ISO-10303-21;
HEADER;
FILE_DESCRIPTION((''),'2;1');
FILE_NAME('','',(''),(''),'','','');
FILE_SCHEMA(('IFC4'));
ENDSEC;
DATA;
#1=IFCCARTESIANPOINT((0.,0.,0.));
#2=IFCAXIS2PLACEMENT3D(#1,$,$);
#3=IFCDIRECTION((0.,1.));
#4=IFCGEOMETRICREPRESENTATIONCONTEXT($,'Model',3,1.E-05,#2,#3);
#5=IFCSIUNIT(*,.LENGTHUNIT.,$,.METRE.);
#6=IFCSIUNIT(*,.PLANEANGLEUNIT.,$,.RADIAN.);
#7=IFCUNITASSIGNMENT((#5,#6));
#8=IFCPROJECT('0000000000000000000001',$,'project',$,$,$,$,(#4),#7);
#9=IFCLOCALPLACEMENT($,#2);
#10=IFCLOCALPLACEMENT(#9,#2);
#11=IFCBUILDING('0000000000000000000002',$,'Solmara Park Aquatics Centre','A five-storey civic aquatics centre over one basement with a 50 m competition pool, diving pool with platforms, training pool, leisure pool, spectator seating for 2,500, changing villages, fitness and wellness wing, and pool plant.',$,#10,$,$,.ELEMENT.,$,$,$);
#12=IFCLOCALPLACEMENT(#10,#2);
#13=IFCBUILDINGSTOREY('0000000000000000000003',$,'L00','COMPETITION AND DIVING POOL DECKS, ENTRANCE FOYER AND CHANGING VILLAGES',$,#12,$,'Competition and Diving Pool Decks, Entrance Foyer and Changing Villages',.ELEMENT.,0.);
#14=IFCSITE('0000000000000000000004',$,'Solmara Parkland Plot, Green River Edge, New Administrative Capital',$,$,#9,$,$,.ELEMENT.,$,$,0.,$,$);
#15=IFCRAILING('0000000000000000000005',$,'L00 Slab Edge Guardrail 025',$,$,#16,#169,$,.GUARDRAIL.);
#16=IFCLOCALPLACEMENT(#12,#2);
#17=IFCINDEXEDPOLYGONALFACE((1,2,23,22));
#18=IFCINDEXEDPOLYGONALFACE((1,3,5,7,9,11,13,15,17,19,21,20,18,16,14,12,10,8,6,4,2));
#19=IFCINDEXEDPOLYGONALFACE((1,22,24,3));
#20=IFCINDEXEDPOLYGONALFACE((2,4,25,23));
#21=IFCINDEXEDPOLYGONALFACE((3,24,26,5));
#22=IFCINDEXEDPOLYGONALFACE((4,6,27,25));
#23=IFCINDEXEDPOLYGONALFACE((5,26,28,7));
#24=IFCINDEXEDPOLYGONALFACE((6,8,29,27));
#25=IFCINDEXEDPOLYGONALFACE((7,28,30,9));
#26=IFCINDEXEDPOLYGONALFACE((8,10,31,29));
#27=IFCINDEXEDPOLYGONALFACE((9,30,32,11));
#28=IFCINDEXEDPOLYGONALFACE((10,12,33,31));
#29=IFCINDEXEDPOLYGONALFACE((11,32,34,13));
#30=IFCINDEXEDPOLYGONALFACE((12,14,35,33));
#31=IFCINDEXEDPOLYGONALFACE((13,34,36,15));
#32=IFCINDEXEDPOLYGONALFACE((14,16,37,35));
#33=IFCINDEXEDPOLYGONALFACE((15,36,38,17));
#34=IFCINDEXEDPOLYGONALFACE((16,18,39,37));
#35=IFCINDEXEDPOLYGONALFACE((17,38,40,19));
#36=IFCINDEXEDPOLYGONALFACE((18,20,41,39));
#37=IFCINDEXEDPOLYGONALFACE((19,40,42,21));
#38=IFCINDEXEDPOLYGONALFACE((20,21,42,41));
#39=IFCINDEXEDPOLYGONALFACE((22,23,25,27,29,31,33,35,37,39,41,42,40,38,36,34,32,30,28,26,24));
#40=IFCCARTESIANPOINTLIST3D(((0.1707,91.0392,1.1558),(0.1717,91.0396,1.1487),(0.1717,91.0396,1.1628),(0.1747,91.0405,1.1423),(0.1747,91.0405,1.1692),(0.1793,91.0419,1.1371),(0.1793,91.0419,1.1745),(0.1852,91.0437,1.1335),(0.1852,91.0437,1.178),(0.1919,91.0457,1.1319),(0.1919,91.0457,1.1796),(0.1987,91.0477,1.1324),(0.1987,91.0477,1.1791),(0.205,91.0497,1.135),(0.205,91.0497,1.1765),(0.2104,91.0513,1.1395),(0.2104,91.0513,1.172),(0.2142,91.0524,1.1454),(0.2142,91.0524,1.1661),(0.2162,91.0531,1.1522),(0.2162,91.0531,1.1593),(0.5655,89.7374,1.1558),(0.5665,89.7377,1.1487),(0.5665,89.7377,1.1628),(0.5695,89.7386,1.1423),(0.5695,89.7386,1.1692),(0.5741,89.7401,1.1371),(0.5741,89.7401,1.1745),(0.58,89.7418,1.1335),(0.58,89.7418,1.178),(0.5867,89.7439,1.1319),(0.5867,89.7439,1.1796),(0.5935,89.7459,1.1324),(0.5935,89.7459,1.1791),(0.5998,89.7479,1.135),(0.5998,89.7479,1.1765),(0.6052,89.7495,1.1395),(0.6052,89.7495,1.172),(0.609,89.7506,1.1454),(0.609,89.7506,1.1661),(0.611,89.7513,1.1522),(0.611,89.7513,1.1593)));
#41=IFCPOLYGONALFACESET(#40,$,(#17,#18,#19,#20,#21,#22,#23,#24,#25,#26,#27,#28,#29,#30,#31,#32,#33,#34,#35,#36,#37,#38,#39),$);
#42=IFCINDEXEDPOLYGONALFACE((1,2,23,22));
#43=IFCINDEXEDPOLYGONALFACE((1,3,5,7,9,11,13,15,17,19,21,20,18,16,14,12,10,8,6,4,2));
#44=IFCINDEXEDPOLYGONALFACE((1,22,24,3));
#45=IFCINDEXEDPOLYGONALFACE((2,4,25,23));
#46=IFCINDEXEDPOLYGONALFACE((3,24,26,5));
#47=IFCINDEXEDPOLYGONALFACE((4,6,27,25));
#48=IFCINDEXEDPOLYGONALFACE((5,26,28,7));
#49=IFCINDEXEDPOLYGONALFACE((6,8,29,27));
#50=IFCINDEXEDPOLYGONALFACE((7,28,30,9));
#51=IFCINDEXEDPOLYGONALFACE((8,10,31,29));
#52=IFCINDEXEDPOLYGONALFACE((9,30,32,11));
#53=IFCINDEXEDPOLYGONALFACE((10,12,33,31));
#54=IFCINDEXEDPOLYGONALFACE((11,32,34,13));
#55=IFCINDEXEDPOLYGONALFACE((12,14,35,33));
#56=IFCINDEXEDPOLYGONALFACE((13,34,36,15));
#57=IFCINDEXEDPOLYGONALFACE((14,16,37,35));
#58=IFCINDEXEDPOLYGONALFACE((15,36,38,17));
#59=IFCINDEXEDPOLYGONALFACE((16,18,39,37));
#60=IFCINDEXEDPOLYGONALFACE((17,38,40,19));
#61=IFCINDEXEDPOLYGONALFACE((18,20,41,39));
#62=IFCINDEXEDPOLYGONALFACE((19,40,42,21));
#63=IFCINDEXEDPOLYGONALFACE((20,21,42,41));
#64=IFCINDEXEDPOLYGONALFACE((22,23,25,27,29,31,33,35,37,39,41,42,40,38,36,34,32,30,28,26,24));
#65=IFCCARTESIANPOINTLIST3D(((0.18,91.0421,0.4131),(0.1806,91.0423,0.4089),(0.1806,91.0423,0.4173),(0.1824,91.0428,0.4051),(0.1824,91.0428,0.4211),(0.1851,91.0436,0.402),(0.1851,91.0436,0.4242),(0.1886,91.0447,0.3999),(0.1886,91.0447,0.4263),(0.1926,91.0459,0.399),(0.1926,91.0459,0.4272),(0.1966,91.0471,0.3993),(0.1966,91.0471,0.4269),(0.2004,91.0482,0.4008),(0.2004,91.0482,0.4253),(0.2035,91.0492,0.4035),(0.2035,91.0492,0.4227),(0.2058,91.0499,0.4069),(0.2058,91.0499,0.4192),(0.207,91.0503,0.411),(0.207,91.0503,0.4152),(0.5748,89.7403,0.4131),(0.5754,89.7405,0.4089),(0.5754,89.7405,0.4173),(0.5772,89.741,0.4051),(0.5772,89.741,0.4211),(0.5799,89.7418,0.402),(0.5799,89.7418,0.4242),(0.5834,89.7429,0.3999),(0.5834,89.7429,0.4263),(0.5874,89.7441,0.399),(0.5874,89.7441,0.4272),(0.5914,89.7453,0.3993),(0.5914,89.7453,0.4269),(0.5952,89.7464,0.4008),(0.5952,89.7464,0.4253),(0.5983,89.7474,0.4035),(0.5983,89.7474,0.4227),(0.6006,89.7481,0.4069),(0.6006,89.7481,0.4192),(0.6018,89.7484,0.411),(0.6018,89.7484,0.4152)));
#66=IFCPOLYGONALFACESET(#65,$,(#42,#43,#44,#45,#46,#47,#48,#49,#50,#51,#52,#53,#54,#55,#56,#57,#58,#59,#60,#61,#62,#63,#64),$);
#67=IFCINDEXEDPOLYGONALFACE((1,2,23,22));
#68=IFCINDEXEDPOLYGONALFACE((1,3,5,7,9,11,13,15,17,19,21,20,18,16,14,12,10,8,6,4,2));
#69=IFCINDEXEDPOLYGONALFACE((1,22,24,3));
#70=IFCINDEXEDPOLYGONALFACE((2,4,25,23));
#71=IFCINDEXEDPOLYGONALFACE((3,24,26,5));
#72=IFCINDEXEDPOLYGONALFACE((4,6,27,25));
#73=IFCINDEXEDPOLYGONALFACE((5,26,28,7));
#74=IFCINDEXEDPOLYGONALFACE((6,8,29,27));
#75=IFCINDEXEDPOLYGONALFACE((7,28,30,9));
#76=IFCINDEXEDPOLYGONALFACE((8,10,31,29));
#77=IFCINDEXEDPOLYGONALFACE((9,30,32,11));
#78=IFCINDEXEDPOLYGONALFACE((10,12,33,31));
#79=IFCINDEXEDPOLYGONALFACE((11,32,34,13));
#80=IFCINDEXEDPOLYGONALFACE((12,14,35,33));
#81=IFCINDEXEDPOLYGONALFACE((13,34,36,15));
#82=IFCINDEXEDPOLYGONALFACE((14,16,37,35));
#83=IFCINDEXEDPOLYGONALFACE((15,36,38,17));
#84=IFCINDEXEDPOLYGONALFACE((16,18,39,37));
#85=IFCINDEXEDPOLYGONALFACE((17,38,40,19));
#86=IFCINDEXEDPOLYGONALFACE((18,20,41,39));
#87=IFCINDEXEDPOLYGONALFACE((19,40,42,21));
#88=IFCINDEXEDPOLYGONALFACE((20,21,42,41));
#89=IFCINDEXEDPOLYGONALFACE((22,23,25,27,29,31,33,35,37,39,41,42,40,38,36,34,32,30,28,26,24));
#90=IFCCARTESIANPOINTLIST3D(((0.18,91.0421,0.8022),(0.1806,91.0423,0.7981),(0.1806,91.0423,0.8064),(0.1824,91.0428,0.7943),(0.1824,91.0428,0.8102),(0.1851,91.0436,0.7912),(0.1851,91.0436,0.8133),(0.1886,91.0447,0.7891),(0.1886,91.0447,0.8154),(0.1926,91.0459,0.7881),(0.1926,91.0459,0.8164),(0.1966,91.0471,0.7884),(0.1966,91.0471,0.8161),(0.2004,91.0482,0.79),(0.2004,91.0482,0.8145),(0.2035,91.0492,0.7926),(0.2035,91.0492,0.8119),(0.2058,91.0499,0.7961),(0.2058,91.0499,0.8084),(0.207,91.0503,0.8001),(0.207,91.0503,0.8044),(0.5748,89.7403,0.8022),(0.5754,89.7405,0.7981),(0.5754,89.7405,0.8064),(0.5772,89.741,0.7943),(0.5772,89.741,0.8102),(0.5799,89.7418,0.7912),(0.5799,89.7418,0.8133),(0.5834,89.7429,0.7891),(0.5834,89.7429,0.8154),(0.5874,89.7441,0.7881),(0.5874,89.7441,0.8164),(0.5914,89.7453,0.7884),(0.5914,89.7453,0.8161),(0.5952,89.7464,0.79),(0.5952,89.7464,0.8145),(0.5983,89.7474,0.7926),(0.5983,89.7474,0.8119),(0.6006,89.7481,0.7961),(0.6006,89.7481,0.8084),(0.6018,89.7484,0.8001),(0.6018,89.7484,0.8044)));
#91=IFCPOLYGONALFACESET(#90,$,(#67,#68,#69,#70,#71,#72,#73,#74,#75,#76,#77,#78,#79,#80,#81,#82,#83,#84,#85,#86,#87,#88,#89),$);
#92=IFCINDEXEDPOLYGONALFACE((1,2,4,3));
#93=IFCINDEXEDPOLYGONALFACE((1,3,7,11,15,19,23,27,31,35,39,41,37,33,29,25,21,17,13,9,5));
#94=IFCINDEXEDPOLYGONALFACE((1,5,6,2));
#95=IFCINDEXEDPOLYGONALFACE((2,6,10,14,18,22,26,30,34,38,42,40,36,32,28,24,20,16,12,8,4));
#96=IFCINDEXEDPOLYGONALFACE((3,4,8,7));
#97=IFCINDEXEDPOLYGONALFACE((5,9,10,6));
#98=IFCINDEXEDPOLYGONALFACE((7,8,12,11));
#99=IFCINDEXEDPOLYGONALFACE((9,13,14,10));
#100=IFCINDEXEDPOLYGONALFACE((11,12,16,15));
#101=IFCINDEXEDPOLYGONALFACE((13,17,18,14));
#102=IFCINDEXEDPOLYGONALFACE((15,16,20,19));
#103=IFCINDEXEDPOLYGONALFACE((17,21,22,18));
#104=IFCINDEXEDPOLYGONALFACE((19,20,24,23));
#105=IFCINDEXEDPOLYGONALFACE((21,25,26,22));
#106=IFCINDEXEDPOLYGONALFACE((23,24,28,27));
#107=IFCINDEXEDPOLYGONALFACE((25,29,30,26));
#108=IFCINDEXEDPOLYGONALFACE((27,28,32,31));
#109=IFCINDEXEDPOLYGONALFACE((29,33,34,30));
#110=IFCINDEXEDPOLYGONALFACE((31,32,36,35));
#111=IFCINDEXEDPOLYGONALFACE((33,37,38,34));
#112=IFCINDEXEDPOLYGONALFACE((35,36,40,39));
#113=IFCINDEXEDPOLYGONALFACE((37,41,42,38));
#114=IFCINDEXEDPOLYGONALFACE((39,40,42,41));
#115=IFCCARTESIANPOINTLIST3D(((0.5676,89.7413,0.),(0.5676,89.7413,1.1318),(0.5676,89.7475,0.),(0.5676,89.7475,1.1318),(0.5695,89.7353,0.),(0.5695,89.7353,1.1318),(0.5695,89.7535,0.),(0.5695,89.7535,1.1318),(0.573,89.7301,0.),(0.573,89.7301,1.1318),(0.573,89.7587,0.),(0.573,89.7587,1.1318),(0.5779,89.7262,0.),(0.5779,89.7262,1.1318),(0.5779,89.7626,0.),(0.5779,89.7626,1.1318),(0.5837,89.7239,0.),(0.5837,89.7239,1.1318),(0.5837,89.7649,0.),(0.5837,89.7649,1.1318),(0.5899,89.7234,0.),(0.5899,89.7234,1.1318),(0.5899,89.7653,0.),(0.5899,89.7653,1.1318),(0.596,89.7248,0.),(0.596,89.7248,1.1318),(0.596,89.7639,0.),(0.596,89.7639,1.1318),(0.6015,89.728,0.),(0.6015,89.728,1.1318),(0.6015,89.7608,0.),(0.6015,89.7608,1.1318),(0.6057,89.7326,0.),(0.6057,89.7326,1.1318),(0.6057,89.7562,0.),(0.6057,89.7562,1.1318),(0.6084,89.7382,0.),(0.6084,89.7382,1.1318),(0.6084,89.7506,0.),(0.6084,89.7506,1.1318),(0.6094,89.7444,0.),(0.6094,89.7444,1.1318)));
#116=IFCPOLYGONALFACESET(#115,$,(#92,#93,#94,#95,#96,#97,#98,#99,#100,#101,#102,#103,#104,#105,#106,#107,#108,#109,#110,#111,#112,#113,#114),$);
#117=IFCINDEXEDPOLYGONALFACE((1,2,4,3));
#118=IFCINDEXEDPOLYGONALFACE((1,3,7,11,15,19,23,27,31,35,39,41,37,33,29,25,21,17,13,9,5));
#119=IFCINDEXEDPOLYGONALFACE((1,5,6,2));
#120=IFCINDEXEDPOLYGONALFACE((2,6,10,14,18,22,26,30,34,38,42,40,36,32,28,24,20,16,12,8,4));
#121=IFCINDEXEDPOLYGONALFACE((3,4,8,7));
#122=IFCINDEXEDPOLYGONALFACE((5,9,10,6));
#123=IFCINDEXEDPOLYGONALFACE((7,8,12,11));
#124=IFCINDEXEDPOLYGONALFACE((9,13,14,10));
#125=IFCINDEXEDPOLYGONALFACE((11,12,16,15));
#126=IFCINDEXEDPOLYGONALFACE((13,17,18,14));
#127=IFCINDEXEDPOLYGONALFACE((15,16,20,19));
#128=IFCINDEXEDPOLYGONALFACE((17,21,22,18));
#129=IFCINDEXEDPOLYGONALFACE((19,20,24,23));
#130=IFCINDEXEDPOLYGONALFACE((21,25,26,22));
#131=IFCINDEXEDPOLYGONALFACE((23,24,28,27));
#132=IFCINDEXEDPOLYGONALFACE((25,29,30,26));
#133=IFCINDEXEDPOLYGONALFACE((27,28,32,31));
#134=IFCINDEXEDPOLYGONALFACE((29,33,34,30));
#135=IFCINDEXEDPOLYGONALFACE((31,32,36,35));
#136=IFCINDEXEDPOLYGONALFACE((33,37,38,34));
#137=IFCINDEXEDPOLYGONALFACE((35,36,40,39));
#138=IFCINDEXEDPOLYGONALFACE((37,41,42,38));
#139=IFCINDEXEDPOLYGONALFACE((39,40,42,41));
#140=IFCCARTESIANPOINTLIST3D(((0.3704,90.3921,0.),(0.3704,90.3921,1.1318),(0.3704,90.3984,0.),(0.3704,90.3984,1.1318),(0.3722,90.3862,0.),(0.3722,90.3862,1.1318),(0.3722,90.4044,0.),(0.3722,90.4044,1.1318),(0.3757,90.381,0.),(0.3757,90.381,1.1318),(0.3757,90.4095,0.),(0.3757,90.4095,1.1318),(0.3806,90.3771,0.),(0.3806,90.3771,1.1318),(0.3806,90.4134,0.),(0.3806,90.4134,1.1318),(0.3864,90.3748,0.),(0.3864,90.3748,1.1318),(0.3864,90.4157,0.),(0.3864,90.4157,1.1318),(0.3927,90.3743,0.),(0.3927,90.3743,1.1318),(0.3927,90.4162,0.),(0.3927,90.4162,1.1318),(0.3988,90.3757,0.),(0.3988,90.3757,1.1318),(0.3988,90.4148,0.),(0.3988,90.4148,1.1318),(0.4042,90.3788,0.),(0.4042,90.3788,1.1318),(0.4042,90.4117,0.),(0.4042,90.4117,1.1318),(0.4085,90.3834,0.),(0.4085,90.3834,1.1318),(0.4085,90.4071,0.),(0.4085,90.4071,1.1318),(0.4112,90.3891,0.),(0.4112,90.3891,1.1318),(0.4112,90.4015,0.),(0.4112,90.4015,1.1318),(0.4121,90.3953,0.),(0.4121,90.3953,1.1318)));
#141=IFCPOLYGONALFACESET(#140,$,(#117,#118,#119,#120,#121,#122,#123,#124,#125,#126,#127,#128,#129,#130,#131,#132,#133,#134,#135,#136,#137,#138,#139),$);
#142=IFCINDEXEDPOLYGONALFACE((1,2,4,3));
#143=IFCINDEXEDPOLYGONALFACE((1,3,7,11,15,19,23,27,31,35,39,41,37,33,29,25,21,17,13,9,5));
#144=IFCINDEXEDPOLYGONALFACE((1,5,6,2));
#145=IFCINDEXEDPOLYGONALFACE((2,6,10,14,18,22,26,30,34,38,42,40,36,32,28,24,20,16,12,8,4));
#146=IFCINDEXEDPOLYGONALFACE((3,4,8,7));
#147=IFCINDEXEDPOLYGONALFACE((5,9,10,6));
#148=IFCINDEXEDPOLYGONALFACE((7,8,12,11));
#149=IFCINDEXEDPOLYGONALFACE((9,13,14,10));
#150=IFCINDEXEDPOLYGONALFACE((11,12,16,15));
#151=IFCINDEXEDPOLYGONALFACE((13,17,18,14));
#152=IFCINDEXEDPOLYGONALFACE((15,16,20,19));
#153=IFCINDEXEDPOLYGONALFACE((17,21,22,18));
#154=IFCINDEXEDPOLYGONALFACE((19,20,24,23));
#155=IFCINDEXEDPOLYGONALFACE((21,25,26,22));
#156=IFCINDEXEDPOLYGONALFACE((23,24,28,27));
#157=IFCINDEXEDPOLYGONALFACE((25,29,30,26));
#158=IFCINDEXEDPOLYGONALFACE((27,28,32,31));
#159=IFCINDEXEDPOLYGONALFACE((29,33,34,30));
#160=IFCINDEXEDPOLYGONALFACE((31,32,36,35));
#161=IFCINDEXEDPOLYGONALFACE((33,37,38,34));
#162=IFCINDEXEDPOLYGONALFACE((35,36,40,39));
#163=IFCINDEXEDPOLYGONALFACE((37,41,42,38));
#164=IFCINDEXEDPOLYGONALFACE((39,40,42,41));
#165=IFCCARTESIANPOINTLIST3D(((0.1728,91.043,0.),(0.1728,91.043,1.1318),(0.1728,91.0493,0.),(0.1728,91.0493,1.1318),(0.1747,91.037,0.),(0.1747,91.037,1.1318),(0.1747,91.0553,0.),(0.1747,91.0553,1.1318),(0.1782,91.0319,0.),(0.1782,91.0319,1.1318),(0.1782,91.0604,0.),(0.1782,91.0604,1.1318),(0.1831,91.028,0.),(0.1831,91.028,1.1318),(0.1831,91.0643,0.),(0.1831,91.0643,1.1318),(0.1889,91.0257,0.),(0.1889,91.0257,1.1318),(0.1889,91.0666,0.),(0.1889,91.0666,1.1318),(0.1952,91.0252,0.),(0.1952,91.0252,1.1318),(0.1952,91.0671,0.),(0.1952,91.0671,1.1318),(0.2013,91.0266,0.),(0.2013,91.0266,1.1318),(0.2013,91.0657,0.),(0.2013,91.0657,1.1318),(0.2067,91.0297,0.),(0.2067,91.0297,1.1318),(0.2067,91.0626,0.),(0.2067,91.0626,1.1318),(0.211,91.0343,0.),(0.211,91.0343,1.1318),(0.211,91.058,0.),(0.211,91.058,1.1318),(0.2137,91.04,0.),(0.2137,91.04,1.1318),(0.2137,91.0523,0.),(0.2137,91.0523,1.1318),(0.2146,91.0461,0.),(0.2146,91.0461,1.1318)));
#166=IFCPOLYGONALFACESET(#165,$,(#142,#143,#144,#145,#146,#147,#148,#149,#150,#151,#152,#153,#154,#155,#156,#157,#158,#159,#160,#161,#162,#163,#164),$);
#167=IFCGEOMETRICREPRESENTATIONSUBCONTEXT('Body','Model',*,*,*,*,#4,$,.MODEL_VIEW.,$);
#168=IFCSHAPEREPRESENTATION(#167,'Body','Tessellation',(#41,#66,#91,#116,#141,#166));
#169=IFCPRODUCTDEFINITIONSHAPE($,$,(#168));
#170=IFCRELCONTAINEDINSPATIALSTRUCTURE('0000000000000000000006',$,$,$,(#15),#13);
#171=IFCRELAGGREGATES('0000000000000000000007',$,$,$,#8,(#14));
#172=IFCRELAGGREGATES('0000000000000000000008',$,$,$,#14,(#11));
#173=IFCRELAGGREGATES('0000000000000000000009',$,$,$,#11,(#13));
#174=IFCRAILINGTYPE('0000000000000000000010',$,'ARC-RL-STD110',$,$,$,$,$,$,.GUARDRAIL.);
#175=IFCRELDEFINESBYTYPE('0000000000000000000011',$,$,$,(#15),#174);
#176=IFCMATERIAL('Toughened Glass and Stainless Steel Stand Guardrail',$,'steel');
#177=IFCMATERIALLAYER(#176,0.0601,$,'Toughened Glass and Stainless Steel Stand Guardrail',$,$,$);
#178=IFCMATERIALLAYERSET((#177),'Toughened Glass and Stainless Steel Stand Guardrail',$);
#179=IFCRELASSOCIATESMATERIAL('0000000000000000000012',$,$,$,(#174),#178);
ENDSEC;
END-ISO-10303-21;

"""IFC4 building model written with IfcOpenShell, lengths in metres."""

from ifc_helpers import new_model, si_unit, direction, frame, origin, origin_2d, place, context, subcontext, project, spatial, circle, extrude, material, layer, layer_set, type_object, element, save


model = new_model("IFC4")

# Units and contexts
model_context = context("Model", 3, precision=1e-05, world=origin(), true_north=direction((0.0, 1.0)))
body_context = subcontext(model_context, "Body", "Model", "MODEL_VIEW")
ifc_project = project(units=[si_unit("LENGTHUNIT", "METRE"), si_unit("PLANEANGLEUNIT", "RADIAN")], contexts=[model_context])

# Site, building, storey
site_placement = place(None, origin())
site = spatial("IfcSite", under=ifc_project, at=site_placement, Name="Solmara Parkland Plot, Green River Edge, New Administrative Capital", CompositionType="ELEMENT", RefElevation=0.0)
building_placement = place(site_placement, origin())
building = spatial("IfcBuilding", under=site, at=building_placement, Name="Solmara Park Aquatics Centre", Description="A five-storey civic aquatics centre over one basement with a 50 m competition pool, diving pool with platforms, training pool, leisure pool, spectator seating for 2,500, changing villages, fitness and wellness wing, and pool plant.", CompositionType="ELEMENT")
storey_placement = place(building_placement, origin())
storey = spatial("IfcBuildingStorey", under=building, at=storey_placement, Name="L00", Description="COMPETITION AND DIVING POOL DECKS, ENTRANCE FOYER AND CHANGING VILLAGES", LongName="Competition and Diving Pool Decks, Entrance Foyer and Changing Villages", CompositionType="ELEMENT", Elevation=0.0)

# Railing
ifc_material_1 = material(Name="Toughened Glass and Stainless Steel Stand Guardrail", Category="steel")
ifc_layer_1 = layer(ifc_material_1, 0.0601, Name="Toughened Glass and Stainless Steel Stand Guardrail")
ifc_layer_set_1 = layer_set([ifc_layer_1], Name="Toughened Glass and Stainless Steel Stand Guardrail")
railing_type_1 = type_object("IfcRailingType", Name="ARC-RL-STD110", PredefinedType="GUARDRAIL", material=ifc_layer_set_1)
railing_1_placement = place(storey_placement, frame((0.5884, 89.7444, 0.0)))
element("IfcRailing", 1, at=railing_1_placement, inside=storey, type_object=railing_type_1, Name="L00 Slab Edge Guardrail 025", PredefinedType="GUARDRAIL", context=body_context, shape_type="SweptSolid", body=[
    extrude(circle(Radius=0.0239, at=origin_2d()), frame((0.0, 0.0, 1.1558), z_axis=(-0.290212, 0.956962, 0.0), x_axis=(-0.956962, -0.290212, 0.0)), (0.0, 0.0, 1.0), 1.3604),
    extrude(circle(Radius=0.0142, at=origin_2d()), frame((0.0, 0.0, 0.4131), z_axis=(-0.290212, 0.956962, 0.0), x_axis=(-0.956962, -0.290212, 0.0)), (0.0, 0.0, 1.0), 1.3604),
    extrude(circle(Radius=0.0142, at=origin_2d()), frame((0.0, 0.0, 0.8022), z_axis=(-0.290212, 0.956962, 0.0), x_axis=(-0.956962, -0.290212, 0.0)), (0.0, 0.0, 1.0), 1.3604),
    extrude(circle(Radius=0.021, at=origin_2d()), origin(), (0.0, 0.0, 1.0), 1.1318),
    extrude(circle(Radius=0.021, at=origin_2d()), frame((-0.1973, 0.6509, 0.0)), (0.0, 0.0, 1.0), 1.1318),
    extrude(circle(Radius=0.021, at=origin_2d()), frame((-0.3948, 1.3018, 0.0)), (0.0, 0.0, 1.0), 1.1318),
])

save(model, "model.ifc")
